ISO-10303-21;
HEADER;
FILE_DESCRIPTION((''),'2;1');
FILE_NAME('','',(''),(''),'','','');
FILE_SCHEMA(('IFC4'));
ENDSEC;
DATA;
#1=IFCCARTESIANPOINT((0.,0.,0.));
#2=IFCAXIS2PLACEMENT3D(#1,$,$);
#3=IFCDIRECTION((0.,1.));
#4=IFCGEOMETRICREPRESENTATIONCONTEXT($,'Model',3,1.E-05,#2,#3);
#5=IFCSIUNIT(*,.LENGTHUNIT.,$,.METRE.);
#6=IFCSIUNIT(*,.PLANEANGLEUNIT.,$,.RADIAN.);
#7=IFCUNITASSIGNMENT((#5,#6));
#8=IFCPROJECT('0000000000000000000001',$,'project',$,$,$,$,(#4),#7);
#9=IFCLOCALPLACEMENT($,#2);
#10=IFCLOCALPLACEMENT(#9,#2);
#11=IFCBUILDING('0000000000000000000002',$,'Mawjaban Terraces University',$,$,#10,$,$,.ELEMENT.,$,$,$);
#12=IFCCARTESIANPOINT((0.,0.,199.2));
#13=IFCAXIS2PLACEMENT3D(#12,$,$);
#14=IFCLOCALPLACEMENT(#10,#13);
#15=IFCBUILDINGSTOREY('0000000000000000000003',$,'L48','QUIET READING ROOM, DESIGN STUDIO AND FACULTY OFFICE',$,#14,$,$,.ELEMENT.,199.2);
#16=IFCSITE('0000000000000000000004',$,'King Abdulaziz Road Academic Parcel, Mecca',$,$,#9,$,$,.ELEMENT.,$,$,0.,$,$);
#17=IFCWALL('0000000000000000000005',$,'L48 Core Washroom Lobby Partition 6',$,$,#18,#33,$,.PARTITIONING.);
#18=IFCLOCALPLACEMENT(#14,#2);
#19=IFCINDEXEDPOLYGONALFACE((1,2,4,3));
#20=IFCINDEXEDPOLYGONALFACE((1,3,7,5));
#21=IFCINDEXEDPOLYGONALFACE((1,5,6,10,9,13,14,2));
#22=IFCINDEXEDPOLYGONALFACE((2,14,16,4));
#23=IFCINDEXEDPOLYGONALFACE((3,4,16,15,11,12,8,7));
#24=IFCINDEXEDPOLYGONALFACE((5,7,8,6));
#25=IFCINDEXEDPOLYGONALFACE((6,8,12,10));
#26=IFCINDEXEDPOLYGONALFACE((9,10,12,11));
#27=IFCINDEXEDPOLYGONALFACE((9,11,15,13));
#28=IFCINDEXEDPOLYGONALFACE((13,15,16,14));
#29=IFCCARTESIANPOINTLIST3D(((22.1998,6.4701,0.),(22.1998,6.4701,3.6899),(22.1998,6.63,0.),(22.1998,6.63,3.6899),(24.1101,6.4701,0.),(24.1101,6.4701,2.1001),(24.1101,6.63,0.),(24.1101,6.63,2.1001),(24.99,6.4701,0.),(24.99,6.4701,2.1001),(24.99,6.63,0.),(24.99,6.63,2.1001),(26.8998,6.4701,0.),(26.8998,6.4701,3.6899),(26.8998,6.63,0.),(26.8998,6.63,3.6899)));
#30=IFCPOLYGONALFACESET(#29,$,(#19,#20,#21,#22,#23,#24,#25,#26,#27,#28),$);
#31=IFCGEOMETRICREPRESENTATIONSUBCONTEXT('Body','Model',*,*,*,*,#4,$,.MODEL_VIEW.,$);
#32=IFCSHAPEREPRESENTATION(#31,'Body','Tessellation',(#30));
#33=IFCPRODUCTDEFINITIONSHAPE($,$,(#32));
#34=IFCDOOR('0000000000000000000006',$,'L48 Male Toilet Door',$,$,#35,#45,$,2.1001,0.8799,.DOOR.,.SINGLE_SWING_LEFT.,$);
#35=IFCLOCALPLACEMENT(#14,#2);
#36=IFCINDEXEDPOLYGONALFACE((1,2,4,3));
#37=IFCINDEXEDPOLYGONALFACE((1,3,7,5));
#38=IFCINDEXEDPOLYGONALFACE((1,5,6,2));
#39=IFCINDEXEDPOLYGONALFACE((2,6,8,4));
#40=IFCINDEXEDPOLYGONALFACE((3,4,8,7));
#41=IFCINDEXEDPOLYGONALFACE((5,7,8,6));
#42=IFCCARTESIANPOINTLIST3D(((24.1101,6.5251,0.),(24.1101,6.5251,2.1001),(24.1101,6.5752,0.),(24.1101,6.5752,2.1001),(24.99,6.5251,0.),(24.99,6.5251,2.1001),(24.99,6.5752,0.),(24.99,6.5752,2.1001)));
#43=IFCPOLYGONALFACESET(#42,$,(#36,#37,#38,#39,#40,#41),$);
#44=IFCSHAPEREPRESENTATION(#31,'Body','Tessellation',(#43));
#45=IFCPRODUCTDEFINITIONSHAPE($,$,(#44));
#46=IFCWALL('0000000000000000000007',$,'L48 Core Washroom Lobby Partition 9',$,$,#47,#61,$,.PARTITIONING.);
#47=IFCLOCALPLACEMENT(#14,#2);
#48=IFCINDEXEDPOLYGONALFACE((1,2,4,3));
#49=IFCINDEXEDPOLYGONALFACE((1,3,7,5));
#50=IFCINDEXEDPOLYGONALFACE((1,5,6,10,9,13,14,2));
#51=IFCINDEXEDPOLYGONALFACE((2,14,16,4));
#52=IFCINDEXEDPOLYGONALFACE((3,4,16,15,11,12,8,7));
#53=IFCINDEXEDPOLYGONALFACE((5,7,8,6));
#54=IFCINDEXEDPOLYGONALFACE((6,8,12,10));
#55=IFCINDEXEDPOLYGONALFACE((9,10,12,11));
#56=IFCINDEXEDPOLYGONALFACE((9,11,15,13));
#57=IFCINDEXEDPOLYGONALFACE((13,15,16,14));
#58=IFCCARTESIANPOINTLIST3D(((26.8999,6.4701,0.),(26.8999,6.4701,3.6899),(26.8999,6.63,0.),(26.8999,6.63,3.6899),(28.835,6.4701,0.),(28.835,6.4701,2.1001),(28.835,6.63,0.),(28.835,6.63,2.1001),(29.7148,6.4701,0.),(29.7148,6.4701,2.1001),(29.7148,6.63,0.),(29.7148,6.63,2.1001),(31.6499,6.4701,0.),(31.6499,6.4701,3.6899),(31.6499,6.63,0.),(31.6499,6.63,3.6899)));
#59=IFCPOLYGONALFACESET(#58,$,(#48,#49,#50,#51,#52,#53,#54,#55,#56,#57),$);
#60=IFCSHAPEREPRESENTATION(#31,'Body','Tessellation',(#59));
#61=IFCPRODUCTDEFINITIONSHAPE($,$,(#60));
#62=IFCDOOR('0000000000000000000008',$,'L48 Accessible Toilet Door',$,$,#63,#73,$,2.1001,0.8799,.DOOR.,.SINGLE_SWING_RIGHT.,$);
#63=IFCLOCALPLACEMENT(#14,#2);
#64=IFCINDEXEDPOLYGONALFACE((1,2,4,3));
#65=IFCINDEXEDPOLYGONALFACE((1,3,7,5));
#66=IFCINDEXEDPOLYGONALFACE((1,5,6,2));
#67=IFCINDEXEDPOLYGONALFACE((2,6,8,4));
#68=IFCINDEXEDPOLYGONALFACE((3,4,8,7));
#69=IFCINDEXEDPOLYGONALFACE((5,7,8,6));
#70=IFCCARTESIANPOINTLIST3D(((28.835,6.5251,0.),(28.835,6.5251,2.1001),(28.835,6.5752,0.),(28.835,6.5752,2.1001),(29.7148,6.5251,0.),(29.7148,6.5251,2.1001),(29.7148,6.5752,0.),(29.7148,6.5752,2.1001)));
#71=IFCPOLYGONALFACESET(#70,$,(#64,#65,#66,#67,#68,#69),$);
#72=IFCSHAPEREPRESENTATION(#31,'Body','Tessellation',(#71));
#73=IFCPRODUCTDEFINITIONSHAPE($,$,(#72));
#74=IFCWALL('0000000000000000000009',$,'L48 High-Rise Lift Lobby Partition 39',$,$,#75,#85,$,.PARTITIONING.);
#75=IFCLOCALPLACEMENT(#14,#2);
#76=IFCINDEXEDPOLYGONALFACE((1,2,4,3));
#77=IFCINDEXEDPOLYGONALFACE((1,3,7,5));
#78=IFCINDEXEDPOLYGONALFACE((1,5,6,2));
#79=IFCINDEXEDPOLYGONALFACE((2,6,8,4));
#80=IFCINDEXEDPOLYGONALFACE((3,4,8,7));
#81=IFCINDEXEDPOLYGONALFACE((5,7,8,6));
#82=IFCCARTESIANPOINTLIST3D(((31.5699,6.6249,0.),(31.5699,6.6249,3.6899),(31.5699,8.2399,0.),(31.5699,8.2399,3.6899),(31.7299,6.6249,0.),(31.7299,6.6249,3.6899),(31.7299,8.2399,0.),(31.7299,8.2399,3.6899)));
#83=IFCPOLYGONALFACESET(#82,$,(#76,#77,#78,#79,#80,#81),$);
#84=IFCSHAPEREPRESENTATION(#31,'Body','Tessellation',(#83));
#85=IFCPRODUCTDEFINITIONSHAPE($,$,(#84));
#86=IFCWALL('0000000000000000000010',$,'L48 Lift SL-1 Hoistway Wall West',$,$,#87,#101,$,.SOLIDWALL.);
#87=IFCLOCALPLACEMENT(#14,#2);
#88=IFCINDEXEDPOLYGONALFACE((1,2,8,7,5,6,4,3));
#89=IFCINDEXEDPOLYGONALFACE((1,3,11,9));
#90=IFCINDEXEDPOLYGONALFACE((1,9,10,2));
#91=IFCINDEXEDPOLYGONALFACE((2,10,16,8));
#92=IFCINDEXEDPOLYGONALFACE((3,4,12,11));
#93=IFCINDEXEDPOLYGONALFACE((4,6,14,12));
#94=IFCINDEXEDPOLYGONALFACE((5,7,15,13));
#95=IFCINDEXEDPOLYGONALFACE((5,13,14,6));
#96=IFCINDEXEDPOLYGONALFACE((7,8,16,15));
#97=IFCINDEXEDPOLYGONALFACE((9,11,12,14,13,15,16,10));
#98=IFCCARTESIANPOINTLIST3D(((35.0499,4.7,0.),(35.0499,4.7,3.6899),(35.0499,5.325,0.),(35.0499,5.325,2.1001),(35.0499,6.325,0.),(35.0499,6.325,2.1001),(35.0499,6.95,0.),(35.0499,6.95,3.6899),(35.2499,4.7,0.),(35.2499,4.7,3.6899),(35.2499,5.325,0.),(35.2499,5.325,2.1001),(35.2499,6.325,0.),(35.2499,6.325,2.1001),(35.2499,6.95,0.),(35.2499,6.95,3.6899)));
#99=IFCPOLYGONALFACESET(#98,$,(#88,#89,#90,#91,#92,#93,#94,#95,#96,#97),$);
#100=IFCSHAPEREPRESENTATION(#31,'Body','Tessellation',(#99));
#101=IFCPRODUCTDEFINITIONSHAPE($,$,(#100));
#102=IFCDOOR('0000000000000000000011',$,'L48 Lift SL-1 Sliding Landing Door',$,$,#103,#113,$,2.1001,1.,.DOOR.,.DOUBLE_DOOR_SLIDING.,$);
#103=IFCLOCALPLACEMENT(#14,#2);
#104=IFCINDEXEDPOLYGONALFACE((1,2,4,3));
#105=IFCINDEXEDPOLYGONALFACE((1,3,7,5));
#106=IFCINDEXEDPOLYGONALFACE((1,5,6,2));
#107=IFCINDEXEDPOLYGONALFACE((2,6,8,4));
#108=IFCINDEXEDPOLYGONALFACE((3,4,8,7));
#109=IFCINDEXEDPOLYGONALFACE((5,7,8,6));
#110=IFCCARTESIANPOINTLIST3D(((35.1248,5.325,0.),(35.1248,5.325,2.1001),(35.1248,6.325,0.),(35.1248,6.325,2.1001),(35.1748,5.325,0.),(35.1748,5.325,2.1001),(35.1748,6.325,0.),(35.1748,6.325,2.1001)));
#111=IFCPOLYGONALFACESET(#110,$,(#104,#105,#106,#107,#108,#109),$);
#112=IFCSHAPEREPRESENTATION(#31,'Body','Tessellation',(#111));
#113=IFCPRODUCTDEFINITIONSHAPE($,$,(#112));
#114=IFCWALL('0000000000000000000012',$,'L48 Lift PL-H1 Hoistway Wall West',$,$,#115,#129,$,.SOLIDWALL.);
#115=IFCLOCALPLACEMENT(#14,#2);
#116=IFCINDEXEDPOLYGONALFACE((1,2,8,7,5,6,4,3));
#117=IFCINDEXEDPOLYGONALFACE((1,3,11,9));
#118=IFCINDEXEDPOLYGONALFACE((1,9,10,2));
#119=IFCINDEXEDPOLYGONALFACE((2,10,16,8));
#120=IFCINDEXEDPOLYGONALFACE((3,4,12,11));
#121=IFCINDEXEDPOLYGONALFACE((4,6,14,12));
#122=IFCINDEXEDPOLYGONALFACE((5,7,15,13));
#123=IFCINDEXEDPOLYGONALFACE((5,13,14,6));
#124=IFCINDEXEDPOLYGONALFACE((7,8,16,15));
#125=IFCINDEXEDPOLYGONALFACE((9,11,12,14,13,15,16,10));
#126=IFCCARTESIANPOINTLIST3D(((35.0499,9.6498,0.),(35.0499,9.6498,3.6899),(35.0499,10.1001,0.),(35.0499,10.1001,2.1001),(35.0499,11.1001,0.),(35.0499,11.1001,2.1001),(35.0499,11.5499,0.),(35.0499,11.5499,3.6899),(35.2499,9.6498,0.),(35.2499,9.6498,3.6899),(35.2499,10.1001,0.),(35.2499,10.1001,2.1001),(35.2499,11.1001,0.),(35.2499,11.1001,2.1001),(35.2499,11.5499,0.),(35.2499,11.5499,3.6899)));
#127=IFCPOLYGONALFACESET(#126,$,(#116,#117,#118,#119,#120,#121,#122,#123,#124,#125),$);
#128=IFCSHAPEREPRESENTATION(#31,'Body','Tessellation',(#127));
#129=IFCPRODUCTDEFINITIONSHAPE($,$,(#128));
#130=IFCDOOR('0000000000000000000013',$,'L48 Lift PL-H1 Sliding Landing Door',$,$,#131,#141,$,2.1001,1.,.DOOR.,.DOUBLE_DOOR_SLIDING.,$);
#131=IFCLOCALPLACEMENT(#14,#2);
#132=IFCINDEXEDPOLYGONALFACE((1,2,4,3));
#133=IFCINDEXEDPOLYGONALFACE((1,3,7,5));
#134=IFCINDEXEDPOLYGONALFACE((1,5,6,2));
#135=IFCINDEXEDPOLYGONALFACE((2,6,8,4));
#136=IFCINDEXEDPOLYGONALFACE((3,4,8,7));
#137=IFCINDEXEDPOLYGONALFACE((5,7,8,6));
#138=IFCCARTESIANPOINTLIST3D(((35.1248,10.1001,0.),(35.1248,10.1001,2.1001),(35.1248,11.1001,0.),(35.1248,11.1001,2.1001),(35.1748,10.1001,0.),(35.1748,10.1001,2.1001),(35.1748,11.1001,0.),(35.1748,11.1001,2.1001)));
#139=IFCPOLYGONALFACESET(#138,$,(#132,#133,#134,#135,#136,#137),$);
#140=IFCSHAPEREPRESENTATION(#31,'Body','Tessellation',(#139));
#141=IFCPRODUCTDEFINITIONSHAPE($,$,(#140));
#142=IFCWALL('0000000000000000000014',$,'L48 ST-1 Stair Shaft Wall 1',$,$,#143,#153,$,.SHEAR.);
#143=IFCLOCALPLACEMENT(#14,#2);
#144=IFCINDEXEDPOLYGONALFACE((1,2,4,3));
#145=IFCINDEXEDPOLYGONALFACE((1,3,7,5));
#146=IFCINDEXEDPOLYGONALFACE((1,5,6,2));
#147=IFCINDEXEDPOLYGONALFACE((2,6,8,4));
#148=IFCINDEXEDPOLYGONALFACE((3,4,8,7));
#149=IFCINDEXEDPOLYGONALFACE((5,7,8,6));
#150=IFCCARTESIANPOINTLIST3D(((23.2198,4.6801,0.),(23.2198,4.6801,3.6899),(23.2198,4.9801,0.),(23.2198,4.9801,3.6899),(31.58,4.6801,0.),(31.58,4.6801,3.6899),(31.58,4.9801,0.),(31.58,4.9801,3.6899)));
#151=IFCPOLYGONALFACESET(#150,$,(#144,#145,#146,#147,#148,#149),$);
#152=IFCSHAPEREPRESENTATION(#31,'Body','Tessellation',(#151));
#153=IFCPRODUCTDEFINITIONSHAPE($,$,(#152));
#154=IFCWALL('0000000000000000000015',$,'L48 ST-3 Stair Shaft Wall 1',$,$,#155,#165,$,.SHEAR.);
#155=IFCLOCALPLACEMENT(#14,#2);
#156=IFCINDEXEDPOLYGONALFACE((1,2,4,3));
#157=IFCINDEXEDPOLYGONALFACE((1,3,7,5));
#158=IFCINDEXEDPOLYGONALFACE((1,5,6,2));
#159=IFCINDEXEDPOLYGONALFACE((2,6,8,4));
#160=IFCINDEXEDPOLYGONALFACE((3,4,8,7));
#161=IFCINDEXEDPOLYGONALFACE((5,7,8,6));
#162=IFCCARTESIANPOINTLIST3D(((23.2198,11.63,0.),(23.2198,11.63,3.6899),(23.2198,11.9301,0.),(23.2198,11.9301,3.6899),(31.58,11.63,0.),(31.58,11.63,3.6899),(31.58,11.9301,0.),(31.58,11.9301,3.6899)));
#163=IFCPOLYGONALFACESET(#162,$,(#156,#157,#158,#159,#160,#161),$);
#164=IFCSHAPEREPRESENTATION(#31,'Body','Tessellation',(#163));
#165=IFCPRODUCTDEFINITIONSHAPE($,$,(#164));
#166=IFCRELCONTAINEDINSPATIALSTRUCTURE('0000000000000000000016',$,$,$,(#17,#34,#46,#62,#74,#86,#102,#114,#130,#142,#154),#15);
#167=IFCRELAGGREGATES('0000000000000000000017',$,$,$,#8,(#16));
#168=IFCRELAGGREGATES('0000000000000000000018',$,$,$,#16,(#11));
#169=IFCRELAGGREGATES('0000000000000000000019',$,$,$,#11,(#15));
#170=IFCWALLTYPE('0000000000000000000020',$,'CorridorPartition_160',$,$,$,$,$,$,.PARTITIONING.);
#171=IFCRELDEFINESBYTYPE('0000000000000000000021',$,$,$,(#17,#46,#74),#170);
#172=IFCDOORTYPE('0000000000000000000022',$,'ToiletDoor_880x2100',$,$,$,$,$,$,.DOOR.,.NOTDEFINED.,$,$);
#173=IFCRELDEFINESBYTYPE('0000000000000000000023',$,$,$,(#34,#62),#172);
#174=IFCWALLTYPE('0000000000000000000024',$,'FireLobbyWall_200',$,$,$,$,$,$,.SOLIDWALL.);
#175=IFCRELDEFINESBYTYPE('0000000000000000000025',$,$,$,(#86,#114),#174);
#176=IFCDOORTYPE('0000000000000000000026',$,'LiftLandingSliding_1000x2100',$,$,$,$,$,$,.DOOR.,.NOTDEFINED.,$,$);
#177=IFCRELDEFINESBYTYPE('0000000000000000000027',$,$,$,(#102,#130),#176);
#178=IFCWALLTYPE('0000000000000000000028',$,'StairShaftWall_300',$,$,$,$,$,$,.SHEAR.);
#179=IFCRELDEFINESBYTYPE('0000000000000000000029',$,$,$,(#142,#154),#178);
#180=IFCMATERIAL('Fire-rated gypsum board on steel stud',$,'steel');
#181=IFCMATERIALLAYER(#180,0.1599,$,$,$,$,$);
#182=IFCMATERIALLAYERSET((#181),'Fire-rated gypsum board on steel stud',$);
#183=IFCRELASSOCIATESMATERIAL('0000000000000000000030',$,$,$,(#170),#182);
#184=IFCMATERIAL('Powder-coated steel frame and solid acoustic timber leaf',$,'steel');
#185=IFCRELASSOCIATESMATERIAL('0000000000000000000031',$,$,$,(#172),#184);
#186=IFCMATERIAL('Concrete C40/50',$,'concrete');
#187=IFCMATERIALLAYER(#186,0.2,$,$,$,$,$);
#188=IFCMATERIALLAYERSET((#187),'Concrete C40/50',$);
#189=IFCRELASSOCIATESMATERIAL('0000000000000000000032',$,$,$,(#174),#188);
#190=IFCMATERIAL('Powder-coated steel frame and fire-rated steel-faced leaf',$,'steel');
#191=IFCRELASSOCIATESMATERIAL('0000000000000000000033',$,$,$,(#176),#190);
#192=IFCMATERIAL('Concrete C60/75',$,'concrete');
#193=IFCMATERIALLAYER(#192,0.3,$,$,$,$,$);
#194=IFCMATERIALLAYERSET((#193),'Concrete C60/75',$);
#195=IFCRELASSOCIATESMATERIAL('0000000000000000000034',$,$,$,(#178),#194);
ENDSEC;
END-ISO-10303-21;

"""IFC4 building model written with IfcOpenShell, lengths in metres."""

from ifc_helpers import new_model, si_unit, direction, frame, frame_2d, origin, place, context, subcontext, project, spatial, rectangle, extrude, material, layer, layer_set, type_object, element, fill, save


model = new_model("IFC4")

# Units and contexts
model_context = context("Model", 3, precision=1e-05, world=origin(), true_north=direction((0.0, 1.0)))
body_context = subcontext(model_context, "Body", "Model", "MODEL_VIEW")
ifc_project = project(units=[si_unit("LENGTHUNIT", "METRE"), si_unit("PLANEANGLEUNIT", "RADIAN")], contexts=[model_context])

# Site, building, storey
site_placement = place(None, origin())
site = spatial("IfcSite", under=ifc_project, at=site_placement, Name="King Abdulaziz Road Academic Parcel, Mecca", CompositionType="ELEMENT", RefElevation=0.0)
building_placement = place(site_placement, origin())
building = spatial("IfcBuilding", under=site, at=building_placement, Name="Mawjaban Terraces University", CompositionType="ELEMENT")
storey_placement = place(building_placement, frame((0.0, 0.0, 199.2)))
storey = spatial("IfcBuildingStorey", under=building, at=storey_placement, Name="L48", Description="QUIET READING ROOM, DESIGN STUDIO AND FACULTY OFFICE", CompositionType="ELEMENT", Elevation=199.2)

# Walls, openings, doors
ifc_material_1 = material(Name="Fire-rated gypsum board on steel stud", Category="steel")
ifc_layer_1 = layer(ifc_material_1, 0.1599)
ifc_layer_set_1 = layer_set([ifc_layer_1], Name="Fire-rated gypsum board on steel stud")
wall_type_1 = type_object("IfcWallType", Name="CorridorPartition_160", PredefinedType="PARTITIONING", material=ifc_layer_set_1)
wall_1_placement = place(storey_placement, frame((26.8999, 6.55, 0.0), z_axis=(0.0, 0.0, 1.0), x_axis=(-1.0, 0.0, 0.0)))
wall_1 = element("IfcWall", 1, at=wall_1_placement, inside=storey, type_object=wall_type_1, Name="L48 Core Washroom Lobby Partition 6", PredefinedType="PARTITIONING", context=body_context, shape_type="SweptSolid", body=[
    extrude(rectangle(XDim=4.7, YDim=0.1599, at=frame_2d((2.3501, 0.0))), origin(), (0.0, 0.0, 1.0), 3.6899),
])
opening_1_placement = place(wall_1_placement, frame((1.9099, 0.0, 0.0)))
opening_1 = element("IfcOpeningElement", 2, at=opening_1_placement, cuts=wall_1, PredefinedType="OPENING", context=body_context, shape_type="SweptSolid", body=[
    extrude(rectangle(XDim=0.8799, YDim=2.1001, at=frame_2d((0.4399, 1.05))), frame((0.0, 0.0898, 0.0), z_axis=(0.0, -1.0, 0.0), x_axis=(1.0, 0.0, 0.0)), (0.0, 0.0, 1.0), 0.1799),
])
ifc_material_2 = material(Name="Powder-coated steel frame and solid acoustic timber leaf", Category="steel")
door_type_1 = type_object("IfcDoorType", Name="ToiletDoor_880x2100", OperationType="NOTDEFINED", PredefinedType="DOOR", material=ifc_material_2)
door_1_placement = place(opening_1_placement, origin())
door_1 = element("IfcDoor", 3, at=door_1_placement, inside=storey, type_object=door_type_1, Name="L48 Male Toilet Door", OperationType="SINGLE_SWING_LEFT", OverallHeight=2.1001, OverallWidth=0.8799, PredefinedType="DOOR", context=body_context, shape_type="SweptSolid", body=[
    extrude(rectangle(XDim=0.8799, YDim=2.1001, at=frame_2d((0.4399, 1.05))), frame((0.0, 0.0249, 0.0), z_axis=(0.0, -1.0, 0.0), x_axis=(1.0, 0.0, 0.0)), (0.0, 0.0, 1.0), 0.05),
])
fill(opening_1, door_1)
wall_2_placement = place(storey_placement, frame((31.6499, 6.55, 0.0), z_axis=(0.0, 0.0, 1.0), x_axis=(-1.0, 0.0, 0.0)))
wall_2 = element("IfcWall", 4, at=wall_2_placement, inside=storey, type_object=wall_type_1, Name="L48 Core Washroom Lobby Partition 9", PredefinedType="PARTITIONING", context=body_context, shape_type="SweptSolid", body=[
    extrude(rectangle(XDim=4.75, YDim=0.1599, at=frame_2d((2.375, 0.0))), origin(), (0.0, 0.0, 1.0), 3.6899),
])
opening_2_placement = place(wall_2_placement, frame((1.9351, 0.0, 0.0)))
opening_2 = element("IfcOpeningElement", 5, at=opening_2_placement, cuts=wall_2, PredefinedType="OPENING", context=body_context, shape_type="SweptSolid", body=[
    extrude(rectangle(XDim=0.8799, YDim=2.1001, at=frame_2d((0.4399, 1.05))), frame((0.0, 0.0898, 0.0), z_axis=(0.0, -1.0, 0.0), x_axis=(1.0, 0.0, 0.0)), (0.0, 0.0, 1.0), 0.1799),
])
door_2_placement = place(opening_2_placement, origin())
door_2 = element("IfcDoor", 6, at=door_2_placement, inside=storey, type_object=door_type_1, Name="L48 Accessible Toilet Door", OperationType="SINGLE_SWING_RIGHT", OverallHeight=2.1001, OverallWidth=0.8799, PredefinedType="DOOR", context=body_context, shape_type="SweptSolid", body=[
    extrude(rectangle(XDim=0.8799, YDim=2.1001, at=frame_2d((0.4399, 1.05))), frame((0.0, 0.0249, 0.0), z_axis=(0.0, -1.0, 0.0), x_axis=(1.0, 0.0, 0.0)), (0.0, 0.0, 1.0), 0.05),
])
fill(opening_2, door_2)

# Wall
wall_3_placement = place(storey_placement, frame((31.6499, 8.24, 0.0), z_axis=(0.0, 0.0, 1.0), x_axis=(0.0, -1.0, 0.0)))
element("IfcWall", 7, at=wall_3_placement, inside=storey, type_object=wall_type_1, Name="L48 High-Rise Lift Lobby Partition 39", PredefinedType="PARTITIONING", context=body_context, shape_type="SweptSolid", body=[
    extrude(rectangle(XDim=1.615, YDim=0.1599, at=frame_2d((0.8076, 0.0))), origin(), (0.0, 0.0, 1.0), 3.6899),
])

# Walls, openings, doors
ifc_material_3 = material(Name="Concrete C40/50", Category="concrete")
ifc_layer_2 = layer(ifc_material_3, 0.2)
ifc_layer_set_2 = layer_set([ifc_layer_2], Name="Concrete C40/50")
wall_type_2 = type_object("IfcWallType", Name="FireLobbyWall_200", PredefinedType="SOLIDWALL", material=ifc_layer_set_2)
wall_4_placement = place(storey_placement, frame((35.1499, 6.95, 0.0), z_axis=(0.0, 0.0, 1.0), x_axis=(0.0, -1.0, 0.0)))
wall_4 = element("IfcWall", 8, at=wall_4_placement, inside=storey, type_object=wall_type_2, Name="L48 Lift SL-1 Hoistway Wall West", PredefinedType="SOLIDWALL", context=body_context, shape_type="SweptSolid", body=[
    extrude(rectangle(XDim=2.25, YDim=0.2, at=frame_2d((1.125, 0.0))), origin(), (0.0, 0.0, 1.0), 3.6899),
])
opening_3_placement = place(wall_4_placement, frame((0.625, 0.0, 0.0)))
opening_3 = element("IfcOpeningElement", 9, at=opening_3_placement, cuts=wall_4, PredefinedType="OPENING", context=body_context, shape_type="SweptSolid", body=[
    extrude(rectangle(XDim=1.0, YDim=2.1001, at=frame_2d((0.5, 1.05))), frame((0.0, 0.1099, 0.0), z_axis=(0.0, -1.0, 0.0), x_axis=(1.0, 0.0, 0.0)), (0.0, 0.0, 1.0), 0.22),
])
ifc_material_4 = material(Name="Powder-coated steel frame and fire-rated steel-faced leaf", Category="steel")
door_type_2 = type_object("IfcDoorType", Name="LiftLandingSliding_1000x2100", OperationType="NOTDEFINED", PredefinedType="DOOR", material=ifc_material_4)
door_3_placement = place(opening_3_placement, origin())
door_3 = element("IfcDoor", 10, at=door_3_placement, inside=storey, type_object=door_type_2, Name="L48 Lift SL-1 Sliding Landing Door", OperationType="DOUBLE_DOOR_SLIDING", OverallHeight=2.1001, OverallWidth=1.0, PredefinedType="DOOR", context=body_context, shape_type="SweptSolid", body=[
    extrude(rectangle(XDim=1.0, YDim=2.1001, at=frame_2d((0.5, 1.05))), frame((0.0, 0.0249, 0.0), z_axis=(0.0, -1.0, 0.0), x_axis=(1.0, 0.0, 0.0)), (0.0, 0.0, 1.0), 0.05),
])
fill(opening_3, door_3)
wall_5_placement = place(storey_placement, frame((35.1499, 11.55, 0.0), z_axis=(0.0, 0.0, 1.0), x_axis=(0.0, -1.0, 0.0)))
wall_5 = element("IfcWall", 11, at=wall_5_placement, inside=storey, type_object=wall_type_2, Name="L48 Lift PL-H1 Hoistway Wall West", PredefinedType="SOLIDWALL", context=body_context, shape_type="SweptSolid", body=[
    extrude(rectangle(XDim=1.9001, YDim=0.2, at=frame_2d((0.9502, 0.0))), origin(), (0.0, 0.0, 1.0), 3.6899),
])
opening_4_placement = place(wall_5_placement, frame((0.45, 0.0, 0.0)))
opening_4 = element("IfcOpeningElement", 12, at=opening_4_placement, cuts=wall_5, PredefinedType="OPENING", context=body_context, shape_type="SweptSolid", body=[
    extrude(rectangle(XDim=1.0, YDim=2.1001, at=frame_2d((0.5, 1.05))), frame((0.0, 0.1099, 0.0), z_axis=(0.0, -1.0, 0.0), x_axis=(1.0, 0.0, 0.0)), (0.0, 0.0, 1.0), 0.22),
])
door_4_placement = place(opening_4_placement, origin())
door_4 = element("IfcDoor", 13, at=door_4_placement, inside=storey, type_object=door_type_2, Name="L48 Lift PL-H1 Sliding Landing Door", OperationType="DOUBLE_DOOR_SLIDING", OverallHeight=2.1001, OverallWidth=1.0, PredefinedType="DOOR", context=body_context, shape_type="SweptSolid", body=[
    extrude(rectangle(XDim=1.0, YDim=2.1001, at=frame_2d((0.5, 1.05))), frame((0.0, 0.0249, 0.0), z_axis=(0.0, -1.0, 0.0), x_axis=(1.0, 0.0, 0.0)), (0.0, 0.0, 1.0), 0.05),
])
fill(opening_4, door_4)

# Walls
ifc_material_5 = material(Name="Concrete C60/75", Category="concrete")
ifc_layer_3 = layer(ifc_material_5, 0.3)
ifc_layer_set_3 = layer_set([ifc_layer_3], Name="Concrete C60/75")
wall_type_3 = type_object("IfcWallType", Name="StairShaftWall_300", PredefinedType="SHEAR", material=ifc_layer_set_3)
for number, where, z_axis, x_axis, name in (
    (14, (31.5801, 4.8301, 0.0), (0.0, 0.0, 1.0), (-1.0, 0.0, 0.0), "L48 ST-1 Stair Shaft Wall 1"),
    (15, (31.5801, 11.78, 0.0), (0.0, 0.0, 1.0), (-1.0, 0.0, 0.0), "L48 ST-3 Stair Shaft Wall 1"),
):
    element("IfcWall", number, at=place(storey_placement, frame(where, z_axis=z_axis, x_axis=x_axis)), inside=storey, type_object=wall_type_3, Name=name, PredefinedType="SHEAR", context=body_context, shape_type="SweptSolid", body=[
        extrude(rectangle(XDim=8.3601, YDim=0.3, at=frame_2d((4.1802, 0.0))), origin(), (0.0, 0.0, 1.0), 3.6899),
    ])

save(model, "model.ifc")
